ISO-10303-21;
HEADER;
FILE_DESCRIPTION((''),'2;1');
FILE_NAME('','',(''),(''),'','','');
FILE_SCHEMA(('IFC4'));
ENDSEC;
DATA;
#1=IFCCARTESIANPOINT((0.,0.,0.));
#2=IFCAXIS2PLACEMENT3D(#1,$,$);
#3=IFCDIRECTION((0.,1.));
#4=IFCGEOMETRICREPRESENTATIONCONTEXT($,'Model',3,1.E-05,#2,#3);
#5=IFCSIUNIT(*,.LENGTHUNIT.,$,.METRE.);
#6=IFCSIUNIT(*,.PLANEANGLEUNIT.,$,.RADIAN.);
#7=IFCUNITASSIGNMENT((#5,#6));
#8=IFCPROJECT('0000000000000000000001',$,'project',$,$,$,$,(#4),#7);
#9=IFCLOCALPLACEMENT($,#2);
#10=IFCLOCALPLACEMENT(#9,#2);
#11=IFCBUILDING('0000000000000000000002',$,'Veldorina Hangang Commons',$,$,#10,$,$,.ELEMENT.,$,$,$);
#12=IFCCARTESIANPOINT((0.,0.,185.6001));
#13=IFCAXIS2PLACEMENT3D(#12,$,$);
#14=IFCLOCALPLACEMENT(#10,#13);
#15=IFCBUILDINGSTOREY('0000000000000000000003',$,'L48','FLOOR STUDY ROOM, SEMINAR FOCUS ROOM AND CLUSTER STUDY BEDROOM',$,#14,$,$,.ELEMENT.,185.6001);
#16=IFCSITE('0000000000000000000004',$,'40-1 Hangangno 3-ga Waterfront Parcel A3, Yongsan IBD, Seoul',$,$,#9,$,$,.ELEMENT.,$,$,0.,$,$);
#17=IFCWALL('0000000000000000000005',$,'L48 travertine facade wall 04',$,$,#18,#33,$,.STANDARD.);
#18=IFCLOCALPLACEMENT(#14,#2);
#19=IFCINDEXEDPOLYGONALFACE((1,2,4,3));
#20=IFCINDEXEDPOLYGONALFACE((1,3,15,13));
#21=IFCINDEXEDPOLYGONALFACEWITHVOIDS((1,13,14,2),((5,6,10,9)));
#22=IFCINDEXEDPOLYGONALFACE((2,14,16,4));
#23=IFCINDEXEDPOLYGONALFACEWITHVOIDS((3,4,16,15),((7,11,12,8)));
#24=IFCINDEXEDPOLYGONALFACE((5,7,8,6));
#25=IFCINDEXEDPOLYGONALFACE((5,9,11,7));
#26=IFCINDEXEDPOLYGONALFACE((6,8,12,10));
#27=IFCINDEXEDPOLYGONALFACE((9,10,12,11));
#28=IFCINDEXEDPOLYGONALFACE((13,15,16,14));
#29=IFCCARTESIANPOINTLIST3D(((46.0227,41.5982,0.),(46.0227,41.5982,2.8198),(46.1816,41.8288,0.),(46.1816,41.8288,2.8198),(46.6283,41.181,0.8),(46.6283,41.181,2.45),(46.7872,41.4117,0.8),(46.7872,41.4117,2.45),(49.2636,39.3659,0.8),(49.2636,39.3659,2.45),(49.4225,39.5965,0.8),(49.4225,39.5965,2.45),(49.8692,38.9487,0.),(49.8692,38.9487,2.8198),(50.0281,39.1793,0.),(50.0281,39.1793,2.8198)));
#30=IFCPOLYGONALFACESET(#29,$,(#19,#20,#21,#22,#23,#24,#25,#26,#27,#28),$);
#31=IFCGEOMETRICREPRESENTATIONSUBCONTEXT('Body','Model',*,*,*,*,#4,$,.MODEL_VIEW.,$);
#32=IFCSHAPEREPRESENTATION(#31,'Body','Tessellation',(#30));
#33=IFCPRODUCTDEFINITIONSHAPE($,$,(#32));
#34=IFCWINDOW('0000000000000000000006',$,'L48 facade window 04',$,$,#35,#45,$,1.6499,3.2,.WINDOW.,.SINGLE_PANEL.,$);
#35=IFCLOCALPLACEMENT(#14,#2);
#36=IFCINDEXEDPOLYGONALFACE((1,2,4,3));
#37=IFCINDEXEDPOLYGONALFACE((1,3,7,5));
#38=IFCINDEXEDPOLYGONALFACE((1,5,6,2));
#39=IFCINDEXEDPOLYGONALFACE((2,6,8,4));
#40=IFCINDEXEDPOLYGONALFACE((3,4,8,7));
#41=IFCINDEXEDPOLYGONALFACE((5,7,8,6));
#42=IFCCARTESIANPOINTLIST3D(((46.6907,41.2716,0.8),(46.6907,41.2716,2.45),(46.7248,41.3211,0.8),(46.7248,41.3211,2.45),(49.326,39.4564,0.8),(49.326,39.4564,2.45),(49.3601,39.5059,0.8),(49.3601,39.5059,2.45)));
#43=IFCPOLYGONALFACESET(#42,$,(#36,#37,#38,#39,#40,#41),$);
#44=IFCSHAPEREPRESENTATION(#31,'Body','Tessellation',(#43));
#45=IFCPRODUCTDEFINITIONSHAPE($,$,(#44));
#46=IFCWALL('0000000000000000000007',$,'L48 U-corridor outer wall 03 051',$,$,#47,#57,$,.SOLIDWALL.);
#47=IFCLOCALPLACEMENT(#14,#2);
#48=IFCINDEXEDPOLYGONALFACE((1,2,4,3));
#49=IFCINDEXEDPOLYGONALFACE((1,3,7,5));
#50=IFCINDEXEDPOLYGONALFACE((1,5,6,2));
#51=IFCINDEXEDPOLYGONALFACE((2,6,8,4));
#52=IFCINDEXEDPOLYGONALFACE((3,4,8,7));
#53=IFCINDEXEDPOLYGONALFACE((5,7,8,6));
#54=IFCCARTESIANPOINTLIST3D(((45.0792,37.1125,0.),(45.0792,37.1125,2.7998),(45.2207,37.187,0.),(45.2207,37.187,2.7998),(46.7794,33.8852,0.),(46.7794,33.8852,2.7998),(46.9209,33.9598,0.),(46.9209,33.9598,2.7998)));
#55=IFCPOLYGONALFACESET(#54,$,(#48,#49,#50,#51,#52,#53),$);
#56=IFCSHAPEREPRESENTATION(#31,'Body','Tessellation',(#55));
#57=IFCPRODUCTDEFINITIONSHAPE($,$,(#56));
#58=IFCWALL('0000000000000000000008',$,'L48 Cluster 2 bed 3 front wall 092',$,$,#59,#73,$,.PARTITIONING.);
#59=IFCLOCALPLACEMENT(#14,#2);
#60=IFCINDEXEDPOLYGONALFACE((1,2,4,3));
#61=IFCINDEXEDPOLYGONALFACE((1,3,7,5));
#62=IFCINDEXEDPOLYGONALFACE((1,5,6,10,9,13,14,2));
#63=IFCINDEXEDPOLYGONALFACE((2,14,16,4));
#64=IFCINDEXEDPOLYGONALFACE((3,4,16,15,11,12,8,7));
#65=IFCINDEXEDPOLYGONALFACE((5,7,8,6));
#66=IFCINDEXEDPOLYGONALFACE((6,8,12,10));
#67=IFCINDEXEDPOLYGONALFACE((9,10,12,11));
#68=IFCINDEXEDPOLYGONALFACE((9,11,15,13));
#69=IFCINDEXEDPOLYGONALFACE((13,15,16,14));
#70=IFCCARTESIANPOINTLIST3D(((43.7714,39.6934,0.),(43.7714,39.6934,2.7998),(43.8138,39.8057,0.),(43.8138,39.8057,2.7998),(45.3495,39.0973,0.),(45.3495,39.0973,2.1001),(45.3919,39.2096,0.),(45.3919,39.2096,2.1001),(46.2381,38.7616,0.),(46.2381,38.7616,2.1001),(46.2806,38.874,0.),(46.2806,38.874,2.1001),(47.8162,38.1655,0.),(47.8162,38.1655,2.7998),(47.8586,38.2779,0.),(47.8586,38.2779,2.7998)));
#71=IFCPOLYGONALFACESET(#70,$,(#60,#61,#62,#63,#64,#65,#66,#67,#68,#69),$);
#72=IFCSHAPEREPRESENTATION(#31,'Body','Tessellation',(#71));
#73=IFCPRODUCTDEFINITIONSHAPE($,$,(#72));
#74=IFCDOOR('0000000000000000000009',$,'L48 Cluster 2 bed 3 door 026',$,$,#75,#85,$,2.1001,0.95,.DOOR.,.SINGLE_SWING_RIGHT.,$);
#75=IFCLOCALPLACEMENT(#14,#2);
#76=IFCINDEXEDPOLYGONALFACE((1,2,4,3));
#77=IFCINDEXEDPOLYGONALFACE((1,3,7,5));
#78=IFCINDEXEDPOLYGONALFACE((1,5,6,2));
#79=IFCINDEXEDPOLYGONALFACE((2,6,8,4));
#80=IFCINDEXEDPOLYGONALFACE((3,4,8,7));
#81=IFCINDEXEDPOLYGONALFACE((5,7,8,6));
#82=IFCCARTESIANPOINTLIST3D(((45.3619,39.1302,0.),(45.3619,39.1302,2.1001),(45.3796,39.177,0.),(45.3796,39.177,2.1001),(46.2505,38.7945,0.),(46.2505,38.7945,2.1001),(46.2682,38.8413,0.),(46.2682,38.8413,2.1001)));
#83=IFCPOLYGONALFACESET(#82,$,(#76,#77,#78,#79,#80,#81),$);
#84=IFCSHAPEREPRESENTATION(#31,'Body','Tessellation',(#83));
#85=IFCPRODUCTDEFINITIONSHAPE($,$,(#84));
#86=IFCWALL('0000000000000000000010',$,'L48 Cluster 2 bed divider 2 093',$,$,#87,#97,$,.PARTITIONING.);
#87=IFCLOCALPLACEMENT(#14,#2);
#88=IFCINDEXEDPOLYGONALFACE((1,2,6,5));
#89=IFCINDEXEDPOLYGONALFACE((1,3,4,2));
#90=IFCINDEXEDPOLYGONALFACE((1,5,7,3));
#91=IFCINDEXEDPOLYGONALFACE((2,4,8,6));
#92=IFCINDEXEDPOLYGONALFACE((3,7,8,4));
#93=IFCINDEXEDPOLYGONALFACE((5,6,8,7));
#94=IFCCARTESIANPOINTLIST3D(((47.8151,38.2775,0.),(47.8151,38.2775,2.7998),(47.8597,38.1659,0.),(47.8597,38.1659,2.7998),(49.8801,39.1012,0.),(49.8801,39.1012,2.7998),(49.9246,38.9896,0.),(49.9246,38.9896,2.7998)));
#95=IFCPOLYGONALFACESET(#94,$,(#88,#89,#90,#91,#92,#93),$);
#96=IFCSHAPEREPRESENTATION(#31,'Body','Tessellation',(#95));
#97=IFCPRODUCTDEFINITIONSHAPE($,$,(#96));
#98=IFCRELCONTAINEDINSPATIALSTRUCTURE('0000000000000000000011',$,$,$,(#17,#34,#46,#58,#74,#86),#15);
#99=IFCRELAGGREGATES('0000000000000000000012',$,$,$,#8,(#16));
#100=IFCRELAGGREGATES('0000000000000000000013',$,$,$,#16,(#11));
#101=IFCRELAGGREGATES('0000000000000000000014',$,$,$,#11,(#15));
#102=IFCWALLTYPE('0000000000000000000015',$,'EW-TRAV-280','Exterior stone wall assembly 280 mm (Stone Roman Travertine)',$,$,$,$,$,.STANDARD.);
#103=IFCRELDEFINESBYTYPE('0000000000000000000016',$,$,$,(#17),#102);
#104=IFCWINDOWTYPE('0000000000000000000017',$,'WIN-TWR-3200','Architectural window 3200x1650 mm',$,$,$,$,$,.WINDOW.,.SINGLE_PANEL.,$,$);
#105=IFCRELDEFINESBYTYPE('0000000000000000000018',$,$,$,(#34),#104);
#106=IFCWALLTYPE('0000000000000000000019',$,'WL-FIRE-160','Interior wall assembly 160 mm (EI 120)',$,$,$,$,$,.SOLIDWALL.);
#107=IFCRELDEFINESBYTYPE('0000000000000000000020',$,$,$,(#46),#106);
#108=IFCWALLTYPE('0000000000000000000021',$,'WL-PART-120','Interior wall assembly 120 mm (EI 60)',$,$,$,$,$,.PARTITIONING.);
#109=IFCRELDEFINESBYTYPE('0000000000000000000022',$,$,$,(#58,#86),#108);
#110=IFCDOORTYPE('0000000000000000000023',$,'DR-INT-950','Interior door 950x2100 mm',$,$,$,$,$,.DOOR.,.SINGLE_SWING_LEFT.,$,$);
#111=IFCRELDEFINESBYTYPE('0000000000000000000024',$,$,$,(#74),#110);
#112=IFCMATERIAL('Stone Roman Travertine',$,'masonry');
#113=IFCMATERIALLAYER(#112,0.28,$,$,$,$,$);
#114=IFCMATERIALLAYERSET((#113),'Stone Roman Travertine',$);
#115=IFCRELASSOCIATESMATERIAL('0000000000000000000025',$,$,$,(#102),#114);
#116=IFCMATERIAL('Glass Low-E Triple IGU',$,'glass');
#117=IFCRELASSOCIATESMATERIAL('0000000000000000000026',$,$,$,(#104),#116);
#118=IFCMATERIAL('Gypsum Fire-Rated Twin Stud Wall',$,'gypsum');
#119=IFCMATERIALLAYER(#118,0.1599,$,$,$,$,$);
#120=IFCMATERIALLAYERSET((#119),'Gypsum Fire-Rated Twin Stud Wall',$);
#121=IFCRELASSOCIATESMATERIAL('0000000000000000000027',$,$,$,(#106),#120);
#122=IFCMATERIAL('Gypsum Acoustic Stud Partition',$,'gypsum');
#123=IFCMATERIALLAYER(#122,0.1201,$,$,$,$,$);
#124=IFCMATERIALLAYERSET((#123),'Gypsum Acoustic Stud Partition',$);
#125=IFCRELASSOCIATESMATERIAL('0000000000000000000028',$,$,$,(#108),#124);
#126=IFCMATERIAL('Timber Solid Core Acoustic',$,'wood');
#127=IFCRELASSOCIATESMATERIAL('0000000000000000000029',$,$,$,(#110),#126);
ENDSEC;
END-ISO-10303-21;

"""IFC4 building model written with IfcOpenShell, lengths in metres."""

from ifc_helpers import new_model, si_unit, direction, frame, frame_2d, origin, place, context, subcontext, project, spatial, rectangle, extrude, material, layer, layer_set, type_object, element, fill, save


model = new_model("IFC4")

# Units and contexts
model_context = context("Model", 3, precision=1e-05, world=origin(), true_north=direction((0.0, 1.0)))
body_context = subcontext(model_context, "Body", "Model", "MODEL_VIEW")
ifc_project = project(units=[si_unit("LENGTHUNIT", "METRE"), si_unit("PLANEANGLEUNIT", "RADIAN")], contexts=[model_context])

# Site, building, storey
site_placement = place(None, origin())
site = spatial("IfcSite", under=ifc_project, at=site_placement, Name="40-1 Hangangno 3-ga Waterfront Parcel A3, Yongsan IBD, Seoul", CompositionType="ELEMENT", RefElevation=0.0)
building_placement = place(site_placement, origin())
building = spatial("IfcBuilding", under=site, at=building_placement, Name="Veldorina Hangang Commons", CompositionType="ELEMENT")
storey_placement = place(building_placement, frame((0.0, 0.0, 185.6001)))
storey = spatial("IfcBuildingStorey", under=building, at=storey_placement, Name="L48", Description="FLOOR STUDY ROOM, SEMINAR FOCUS ROOM AND CLUSTER STUDY BEDROOM", CompositionType="ELEMENT", Elevation=185.6001)

# Shared definitions
ifc_material_1 = material(Name="Glass Low-E Triple IGU", Category="glass")

# Wall, opening, window
ifc_material_2 = material(Name="Stone Roman Travertine", Category="masonry")
ifc_layer_1 = layer(ifc_material_2, 0.28)
ifc_layer_set_1 = layer_set([ifc_layer_1], Name="Stone Roman Travertine")
wall_type_1 = type_object("IfcWallType", Name="EW-TRAV-280", Description="Exterior stone wall assembly 280 mm (Stone Roman Travertine)", PredefinedType="STANDARD", material=ifc_layer_set_1)
window_type = type_object("IfcWindowType", Name="WIN-TWR-3200", Description="Architectural window 3200x1650 mm", PartitioningType="SINGLE_PANEL", PredefinedType="WINDOW", material=ifc_material_1)
wall_1_placement = place(storey_placement, frame((49.9487, 39.064, 0.0), z_axis=(0.0, 0.0, 1.0), x_axis=(-0.823543, 0.567254, 0.0)))
wall_1 = element("IfcWall", 1, at=wall_1_placement, inside=storey, type_object=wall_type_1, Name="L48 travertine facade wall 04", PredefinedType="STANDARD", context=body_context, shape_type="SweptSolid", body=[
    extrude(rectangle(XDim=4.6707, YDim=0.28, at=frame_2d((2.3354, 0.0))), origin(), (0.0, 0.0, 1.0), 2.8198),
])
opening_1_placement = place(wall_1_placement, frame((0.7354, 0.0, 0.8)))
opening_1 = element("IfcOpeningElement", 2, at=opening_1_placement, cuts=wall_1, PredefinedType="OPENING", context=body_context, shape_type="SweptSolid", body=[
    extrude(rectangle(XDim=3.2, YDim=1.6499, at=frame_2d((1.6001, 0.825))), frame((0.0, 0.1499, 0.0), z_axis=(0.0, -1.0, 0.0), x_axis=(1.0, 0.0, 0.0)), (0.0, 0.0, 1.0), 0.3),
])
window_1_placement = place(opening_1_placement, origin())
window_1 = element("IfcWindow", 3, at=window_1_placement, inside=storey, type_object=window_type, Name="L48 facade window 04", OverallHeight=1.6499, OverallWidth=3.2, PartitioningType="SINGLE_PANEL", PredefinedType="WINDOW", context=body_context, shape_type="SweptSolid", body=[
    extrude(rectangle(XDim=3.2, YDim=1.6499, at=frame_2d((1.6001, 0.825))), frame((0.0, 0.03, 0.0), z_axis=(0.0, -1.0, 0.0), x_axis=(1.0, 0.0, 0.0)), (0.0, 0.0, 1.0), 0.0601),
])
fill(opening_1, window_1)

# Wall
ifc_material_3 = material(Name="Gypsum Fire-Rated Twin Stud Wall", Category="gypsum")
ifc_layer_2 = layer(ifc_material_3, 0.1599)
ifc_layer_set_2 = layer_set([ifc_layer_2], Name="Gypsum Fire-Rated Twin Stud Wall")
wall_type_2 = type_object("IfcWallType", Name="WL-FIRE-160", Description="Interior wall assembly 160 mm (EI 120)", PredefinedType="SOLIDWALL", material=ifc_layer_set_2)
wall_2_placement = place(storey_placement, frame((46.8501, 33.9226, 0.0), z_axis=(0.0, 0.0, 1.0), x_axis=(-0.466094, 0.884735, 0.0)))
element("IfcWall", 4, at=wall_2_placement, inside=storey, type_object=wall_type_2, Name="L48 U-corridor outer wall 03 051", PredefinedType="SOLIDWALL", context=body_context, shape_type="SweptSolid", body=[
    extrude(rectangle(XDim=3.6477, YDim=0.1599, at=frame_2d((1.8237, 0.0))), origin(), (0.0, 0.0, 1.0), 2.7998),
])

# Wall, opening, door
ifc_material_4 = material(Name="Gypsum Acoustic Stud Partition", Category="gypsum")
ifc_layer_3 = layer(ifc_material_4, 0.1201)
ifc_layer_set_3 = layer_set([ifc_layer_3], Name="Gypsum Acoustic Stud Partition")
wall_type_3 = type_object("IfcWallType", Name="WL-PART-120", Description="Interior wall assembly 120 mm (EI 60)", PredefinedType="PARTITIONING", material=ifc_layer_set_3)
wall_3_placement = place(storey_placement, frame((47.8374, 38.2217, 0.0), z_axis=(0.0, 0.0, 1.0), x_axis=(-0.935484, 0.353369, 0.0)))
wall_3 = element("IfcWall", 5, at=wall_3_placement, inside=storey, type_object=wall_type_3, Name="L48 Cluster 2 bed 3 front wall 092", PredefinedType="PARTITIONING", context=body_context, shape_type="SweptSolid", body=[
    extrude(rectangle(XDim=4.3237, YDim=0.1201, at=frame_2d((2.1619, 0.0))), origin(), (0.0, 0.0, 1.0), 2.7998),
])
opening_2_placement = place(wall_3_placement, frame((1.6868, 0.0, 0.0)))
opening_2 = element("IfcOpeningElement", 6, at=opening_2_placement, cuts=wall_3, PredefinedType="OPENING", context=body_context, shape_type="SweptSolid", body=[
    extrude(rectangle(XDim=0.95, YDim=2.1001, at=frame_2d((0.4751, 1.05))), frame((0.0, 0.0701, 0.0), z_axis=(0.0, -1.0, 0.0), x_axis=(1.0, 0.0, 0.0)), (0.0, 0.0, 1.0), 0.1401),
])
ifc_material_5 = material(Name="Timber Solid Core Acoustic", Category="wood")
door_type = type_object("IfcDoorType", Name="DR-INT-950", Description="Interior door 950x2100 mm", OperationType="SINGLE_SWING_LEFT", PredefinedType="DOOR", material=ifc_material_5)
door_placement = place(opening_2_placement, origin())
door = element("IfcDoor", 7, at=door_placement, inside=storey, type_object=door_type, Name="L48 Cluster 2 bed 3 door 026", OperationType="SINGLE_SWING_RIGHT", OverallHeight=2.1001, OverallWidth=0.95, PredefinedType="DOOR", context=body_context, shape_type="SweptSolid", body=[
    extrude(rectangle(XDim=0.95, YDim=2.1001, at=frame_2d((0.4751, 1.05))), frame((0.0, 0.0249, 0.0), z_axis=(0.0, -1.0, 0.0), x_axis=(1.0, 0.0, 0.0)), (0.0, 0.0, 1.0), 0.05),
])
fill(opening_2, door)

# Wall
wall_4_placement = place(storey_placement, frame((47.8374, 38.2217, 0.0), z_axis=(0.0, 0.0, 1.0), x_axis=(0.928825, 0.37052, 0.0)))
element("IfcWall", 8, at=wall_4_placement, inside=storey, type_object=wall_type_3, Name="L48 Cluster 2 bed divider 2 093", PredefinedType="PARTITIONING", context=body_context, shape_type="SweptSolid", body=[
    extrude(rectangle(XDim=2.2231, YDim=0.1201, at=frame_2d((1.1116, 0.0))), origin(), (0.0, 0.0, 1.0), 2.7998),
])

save(model, "model.ifc")
